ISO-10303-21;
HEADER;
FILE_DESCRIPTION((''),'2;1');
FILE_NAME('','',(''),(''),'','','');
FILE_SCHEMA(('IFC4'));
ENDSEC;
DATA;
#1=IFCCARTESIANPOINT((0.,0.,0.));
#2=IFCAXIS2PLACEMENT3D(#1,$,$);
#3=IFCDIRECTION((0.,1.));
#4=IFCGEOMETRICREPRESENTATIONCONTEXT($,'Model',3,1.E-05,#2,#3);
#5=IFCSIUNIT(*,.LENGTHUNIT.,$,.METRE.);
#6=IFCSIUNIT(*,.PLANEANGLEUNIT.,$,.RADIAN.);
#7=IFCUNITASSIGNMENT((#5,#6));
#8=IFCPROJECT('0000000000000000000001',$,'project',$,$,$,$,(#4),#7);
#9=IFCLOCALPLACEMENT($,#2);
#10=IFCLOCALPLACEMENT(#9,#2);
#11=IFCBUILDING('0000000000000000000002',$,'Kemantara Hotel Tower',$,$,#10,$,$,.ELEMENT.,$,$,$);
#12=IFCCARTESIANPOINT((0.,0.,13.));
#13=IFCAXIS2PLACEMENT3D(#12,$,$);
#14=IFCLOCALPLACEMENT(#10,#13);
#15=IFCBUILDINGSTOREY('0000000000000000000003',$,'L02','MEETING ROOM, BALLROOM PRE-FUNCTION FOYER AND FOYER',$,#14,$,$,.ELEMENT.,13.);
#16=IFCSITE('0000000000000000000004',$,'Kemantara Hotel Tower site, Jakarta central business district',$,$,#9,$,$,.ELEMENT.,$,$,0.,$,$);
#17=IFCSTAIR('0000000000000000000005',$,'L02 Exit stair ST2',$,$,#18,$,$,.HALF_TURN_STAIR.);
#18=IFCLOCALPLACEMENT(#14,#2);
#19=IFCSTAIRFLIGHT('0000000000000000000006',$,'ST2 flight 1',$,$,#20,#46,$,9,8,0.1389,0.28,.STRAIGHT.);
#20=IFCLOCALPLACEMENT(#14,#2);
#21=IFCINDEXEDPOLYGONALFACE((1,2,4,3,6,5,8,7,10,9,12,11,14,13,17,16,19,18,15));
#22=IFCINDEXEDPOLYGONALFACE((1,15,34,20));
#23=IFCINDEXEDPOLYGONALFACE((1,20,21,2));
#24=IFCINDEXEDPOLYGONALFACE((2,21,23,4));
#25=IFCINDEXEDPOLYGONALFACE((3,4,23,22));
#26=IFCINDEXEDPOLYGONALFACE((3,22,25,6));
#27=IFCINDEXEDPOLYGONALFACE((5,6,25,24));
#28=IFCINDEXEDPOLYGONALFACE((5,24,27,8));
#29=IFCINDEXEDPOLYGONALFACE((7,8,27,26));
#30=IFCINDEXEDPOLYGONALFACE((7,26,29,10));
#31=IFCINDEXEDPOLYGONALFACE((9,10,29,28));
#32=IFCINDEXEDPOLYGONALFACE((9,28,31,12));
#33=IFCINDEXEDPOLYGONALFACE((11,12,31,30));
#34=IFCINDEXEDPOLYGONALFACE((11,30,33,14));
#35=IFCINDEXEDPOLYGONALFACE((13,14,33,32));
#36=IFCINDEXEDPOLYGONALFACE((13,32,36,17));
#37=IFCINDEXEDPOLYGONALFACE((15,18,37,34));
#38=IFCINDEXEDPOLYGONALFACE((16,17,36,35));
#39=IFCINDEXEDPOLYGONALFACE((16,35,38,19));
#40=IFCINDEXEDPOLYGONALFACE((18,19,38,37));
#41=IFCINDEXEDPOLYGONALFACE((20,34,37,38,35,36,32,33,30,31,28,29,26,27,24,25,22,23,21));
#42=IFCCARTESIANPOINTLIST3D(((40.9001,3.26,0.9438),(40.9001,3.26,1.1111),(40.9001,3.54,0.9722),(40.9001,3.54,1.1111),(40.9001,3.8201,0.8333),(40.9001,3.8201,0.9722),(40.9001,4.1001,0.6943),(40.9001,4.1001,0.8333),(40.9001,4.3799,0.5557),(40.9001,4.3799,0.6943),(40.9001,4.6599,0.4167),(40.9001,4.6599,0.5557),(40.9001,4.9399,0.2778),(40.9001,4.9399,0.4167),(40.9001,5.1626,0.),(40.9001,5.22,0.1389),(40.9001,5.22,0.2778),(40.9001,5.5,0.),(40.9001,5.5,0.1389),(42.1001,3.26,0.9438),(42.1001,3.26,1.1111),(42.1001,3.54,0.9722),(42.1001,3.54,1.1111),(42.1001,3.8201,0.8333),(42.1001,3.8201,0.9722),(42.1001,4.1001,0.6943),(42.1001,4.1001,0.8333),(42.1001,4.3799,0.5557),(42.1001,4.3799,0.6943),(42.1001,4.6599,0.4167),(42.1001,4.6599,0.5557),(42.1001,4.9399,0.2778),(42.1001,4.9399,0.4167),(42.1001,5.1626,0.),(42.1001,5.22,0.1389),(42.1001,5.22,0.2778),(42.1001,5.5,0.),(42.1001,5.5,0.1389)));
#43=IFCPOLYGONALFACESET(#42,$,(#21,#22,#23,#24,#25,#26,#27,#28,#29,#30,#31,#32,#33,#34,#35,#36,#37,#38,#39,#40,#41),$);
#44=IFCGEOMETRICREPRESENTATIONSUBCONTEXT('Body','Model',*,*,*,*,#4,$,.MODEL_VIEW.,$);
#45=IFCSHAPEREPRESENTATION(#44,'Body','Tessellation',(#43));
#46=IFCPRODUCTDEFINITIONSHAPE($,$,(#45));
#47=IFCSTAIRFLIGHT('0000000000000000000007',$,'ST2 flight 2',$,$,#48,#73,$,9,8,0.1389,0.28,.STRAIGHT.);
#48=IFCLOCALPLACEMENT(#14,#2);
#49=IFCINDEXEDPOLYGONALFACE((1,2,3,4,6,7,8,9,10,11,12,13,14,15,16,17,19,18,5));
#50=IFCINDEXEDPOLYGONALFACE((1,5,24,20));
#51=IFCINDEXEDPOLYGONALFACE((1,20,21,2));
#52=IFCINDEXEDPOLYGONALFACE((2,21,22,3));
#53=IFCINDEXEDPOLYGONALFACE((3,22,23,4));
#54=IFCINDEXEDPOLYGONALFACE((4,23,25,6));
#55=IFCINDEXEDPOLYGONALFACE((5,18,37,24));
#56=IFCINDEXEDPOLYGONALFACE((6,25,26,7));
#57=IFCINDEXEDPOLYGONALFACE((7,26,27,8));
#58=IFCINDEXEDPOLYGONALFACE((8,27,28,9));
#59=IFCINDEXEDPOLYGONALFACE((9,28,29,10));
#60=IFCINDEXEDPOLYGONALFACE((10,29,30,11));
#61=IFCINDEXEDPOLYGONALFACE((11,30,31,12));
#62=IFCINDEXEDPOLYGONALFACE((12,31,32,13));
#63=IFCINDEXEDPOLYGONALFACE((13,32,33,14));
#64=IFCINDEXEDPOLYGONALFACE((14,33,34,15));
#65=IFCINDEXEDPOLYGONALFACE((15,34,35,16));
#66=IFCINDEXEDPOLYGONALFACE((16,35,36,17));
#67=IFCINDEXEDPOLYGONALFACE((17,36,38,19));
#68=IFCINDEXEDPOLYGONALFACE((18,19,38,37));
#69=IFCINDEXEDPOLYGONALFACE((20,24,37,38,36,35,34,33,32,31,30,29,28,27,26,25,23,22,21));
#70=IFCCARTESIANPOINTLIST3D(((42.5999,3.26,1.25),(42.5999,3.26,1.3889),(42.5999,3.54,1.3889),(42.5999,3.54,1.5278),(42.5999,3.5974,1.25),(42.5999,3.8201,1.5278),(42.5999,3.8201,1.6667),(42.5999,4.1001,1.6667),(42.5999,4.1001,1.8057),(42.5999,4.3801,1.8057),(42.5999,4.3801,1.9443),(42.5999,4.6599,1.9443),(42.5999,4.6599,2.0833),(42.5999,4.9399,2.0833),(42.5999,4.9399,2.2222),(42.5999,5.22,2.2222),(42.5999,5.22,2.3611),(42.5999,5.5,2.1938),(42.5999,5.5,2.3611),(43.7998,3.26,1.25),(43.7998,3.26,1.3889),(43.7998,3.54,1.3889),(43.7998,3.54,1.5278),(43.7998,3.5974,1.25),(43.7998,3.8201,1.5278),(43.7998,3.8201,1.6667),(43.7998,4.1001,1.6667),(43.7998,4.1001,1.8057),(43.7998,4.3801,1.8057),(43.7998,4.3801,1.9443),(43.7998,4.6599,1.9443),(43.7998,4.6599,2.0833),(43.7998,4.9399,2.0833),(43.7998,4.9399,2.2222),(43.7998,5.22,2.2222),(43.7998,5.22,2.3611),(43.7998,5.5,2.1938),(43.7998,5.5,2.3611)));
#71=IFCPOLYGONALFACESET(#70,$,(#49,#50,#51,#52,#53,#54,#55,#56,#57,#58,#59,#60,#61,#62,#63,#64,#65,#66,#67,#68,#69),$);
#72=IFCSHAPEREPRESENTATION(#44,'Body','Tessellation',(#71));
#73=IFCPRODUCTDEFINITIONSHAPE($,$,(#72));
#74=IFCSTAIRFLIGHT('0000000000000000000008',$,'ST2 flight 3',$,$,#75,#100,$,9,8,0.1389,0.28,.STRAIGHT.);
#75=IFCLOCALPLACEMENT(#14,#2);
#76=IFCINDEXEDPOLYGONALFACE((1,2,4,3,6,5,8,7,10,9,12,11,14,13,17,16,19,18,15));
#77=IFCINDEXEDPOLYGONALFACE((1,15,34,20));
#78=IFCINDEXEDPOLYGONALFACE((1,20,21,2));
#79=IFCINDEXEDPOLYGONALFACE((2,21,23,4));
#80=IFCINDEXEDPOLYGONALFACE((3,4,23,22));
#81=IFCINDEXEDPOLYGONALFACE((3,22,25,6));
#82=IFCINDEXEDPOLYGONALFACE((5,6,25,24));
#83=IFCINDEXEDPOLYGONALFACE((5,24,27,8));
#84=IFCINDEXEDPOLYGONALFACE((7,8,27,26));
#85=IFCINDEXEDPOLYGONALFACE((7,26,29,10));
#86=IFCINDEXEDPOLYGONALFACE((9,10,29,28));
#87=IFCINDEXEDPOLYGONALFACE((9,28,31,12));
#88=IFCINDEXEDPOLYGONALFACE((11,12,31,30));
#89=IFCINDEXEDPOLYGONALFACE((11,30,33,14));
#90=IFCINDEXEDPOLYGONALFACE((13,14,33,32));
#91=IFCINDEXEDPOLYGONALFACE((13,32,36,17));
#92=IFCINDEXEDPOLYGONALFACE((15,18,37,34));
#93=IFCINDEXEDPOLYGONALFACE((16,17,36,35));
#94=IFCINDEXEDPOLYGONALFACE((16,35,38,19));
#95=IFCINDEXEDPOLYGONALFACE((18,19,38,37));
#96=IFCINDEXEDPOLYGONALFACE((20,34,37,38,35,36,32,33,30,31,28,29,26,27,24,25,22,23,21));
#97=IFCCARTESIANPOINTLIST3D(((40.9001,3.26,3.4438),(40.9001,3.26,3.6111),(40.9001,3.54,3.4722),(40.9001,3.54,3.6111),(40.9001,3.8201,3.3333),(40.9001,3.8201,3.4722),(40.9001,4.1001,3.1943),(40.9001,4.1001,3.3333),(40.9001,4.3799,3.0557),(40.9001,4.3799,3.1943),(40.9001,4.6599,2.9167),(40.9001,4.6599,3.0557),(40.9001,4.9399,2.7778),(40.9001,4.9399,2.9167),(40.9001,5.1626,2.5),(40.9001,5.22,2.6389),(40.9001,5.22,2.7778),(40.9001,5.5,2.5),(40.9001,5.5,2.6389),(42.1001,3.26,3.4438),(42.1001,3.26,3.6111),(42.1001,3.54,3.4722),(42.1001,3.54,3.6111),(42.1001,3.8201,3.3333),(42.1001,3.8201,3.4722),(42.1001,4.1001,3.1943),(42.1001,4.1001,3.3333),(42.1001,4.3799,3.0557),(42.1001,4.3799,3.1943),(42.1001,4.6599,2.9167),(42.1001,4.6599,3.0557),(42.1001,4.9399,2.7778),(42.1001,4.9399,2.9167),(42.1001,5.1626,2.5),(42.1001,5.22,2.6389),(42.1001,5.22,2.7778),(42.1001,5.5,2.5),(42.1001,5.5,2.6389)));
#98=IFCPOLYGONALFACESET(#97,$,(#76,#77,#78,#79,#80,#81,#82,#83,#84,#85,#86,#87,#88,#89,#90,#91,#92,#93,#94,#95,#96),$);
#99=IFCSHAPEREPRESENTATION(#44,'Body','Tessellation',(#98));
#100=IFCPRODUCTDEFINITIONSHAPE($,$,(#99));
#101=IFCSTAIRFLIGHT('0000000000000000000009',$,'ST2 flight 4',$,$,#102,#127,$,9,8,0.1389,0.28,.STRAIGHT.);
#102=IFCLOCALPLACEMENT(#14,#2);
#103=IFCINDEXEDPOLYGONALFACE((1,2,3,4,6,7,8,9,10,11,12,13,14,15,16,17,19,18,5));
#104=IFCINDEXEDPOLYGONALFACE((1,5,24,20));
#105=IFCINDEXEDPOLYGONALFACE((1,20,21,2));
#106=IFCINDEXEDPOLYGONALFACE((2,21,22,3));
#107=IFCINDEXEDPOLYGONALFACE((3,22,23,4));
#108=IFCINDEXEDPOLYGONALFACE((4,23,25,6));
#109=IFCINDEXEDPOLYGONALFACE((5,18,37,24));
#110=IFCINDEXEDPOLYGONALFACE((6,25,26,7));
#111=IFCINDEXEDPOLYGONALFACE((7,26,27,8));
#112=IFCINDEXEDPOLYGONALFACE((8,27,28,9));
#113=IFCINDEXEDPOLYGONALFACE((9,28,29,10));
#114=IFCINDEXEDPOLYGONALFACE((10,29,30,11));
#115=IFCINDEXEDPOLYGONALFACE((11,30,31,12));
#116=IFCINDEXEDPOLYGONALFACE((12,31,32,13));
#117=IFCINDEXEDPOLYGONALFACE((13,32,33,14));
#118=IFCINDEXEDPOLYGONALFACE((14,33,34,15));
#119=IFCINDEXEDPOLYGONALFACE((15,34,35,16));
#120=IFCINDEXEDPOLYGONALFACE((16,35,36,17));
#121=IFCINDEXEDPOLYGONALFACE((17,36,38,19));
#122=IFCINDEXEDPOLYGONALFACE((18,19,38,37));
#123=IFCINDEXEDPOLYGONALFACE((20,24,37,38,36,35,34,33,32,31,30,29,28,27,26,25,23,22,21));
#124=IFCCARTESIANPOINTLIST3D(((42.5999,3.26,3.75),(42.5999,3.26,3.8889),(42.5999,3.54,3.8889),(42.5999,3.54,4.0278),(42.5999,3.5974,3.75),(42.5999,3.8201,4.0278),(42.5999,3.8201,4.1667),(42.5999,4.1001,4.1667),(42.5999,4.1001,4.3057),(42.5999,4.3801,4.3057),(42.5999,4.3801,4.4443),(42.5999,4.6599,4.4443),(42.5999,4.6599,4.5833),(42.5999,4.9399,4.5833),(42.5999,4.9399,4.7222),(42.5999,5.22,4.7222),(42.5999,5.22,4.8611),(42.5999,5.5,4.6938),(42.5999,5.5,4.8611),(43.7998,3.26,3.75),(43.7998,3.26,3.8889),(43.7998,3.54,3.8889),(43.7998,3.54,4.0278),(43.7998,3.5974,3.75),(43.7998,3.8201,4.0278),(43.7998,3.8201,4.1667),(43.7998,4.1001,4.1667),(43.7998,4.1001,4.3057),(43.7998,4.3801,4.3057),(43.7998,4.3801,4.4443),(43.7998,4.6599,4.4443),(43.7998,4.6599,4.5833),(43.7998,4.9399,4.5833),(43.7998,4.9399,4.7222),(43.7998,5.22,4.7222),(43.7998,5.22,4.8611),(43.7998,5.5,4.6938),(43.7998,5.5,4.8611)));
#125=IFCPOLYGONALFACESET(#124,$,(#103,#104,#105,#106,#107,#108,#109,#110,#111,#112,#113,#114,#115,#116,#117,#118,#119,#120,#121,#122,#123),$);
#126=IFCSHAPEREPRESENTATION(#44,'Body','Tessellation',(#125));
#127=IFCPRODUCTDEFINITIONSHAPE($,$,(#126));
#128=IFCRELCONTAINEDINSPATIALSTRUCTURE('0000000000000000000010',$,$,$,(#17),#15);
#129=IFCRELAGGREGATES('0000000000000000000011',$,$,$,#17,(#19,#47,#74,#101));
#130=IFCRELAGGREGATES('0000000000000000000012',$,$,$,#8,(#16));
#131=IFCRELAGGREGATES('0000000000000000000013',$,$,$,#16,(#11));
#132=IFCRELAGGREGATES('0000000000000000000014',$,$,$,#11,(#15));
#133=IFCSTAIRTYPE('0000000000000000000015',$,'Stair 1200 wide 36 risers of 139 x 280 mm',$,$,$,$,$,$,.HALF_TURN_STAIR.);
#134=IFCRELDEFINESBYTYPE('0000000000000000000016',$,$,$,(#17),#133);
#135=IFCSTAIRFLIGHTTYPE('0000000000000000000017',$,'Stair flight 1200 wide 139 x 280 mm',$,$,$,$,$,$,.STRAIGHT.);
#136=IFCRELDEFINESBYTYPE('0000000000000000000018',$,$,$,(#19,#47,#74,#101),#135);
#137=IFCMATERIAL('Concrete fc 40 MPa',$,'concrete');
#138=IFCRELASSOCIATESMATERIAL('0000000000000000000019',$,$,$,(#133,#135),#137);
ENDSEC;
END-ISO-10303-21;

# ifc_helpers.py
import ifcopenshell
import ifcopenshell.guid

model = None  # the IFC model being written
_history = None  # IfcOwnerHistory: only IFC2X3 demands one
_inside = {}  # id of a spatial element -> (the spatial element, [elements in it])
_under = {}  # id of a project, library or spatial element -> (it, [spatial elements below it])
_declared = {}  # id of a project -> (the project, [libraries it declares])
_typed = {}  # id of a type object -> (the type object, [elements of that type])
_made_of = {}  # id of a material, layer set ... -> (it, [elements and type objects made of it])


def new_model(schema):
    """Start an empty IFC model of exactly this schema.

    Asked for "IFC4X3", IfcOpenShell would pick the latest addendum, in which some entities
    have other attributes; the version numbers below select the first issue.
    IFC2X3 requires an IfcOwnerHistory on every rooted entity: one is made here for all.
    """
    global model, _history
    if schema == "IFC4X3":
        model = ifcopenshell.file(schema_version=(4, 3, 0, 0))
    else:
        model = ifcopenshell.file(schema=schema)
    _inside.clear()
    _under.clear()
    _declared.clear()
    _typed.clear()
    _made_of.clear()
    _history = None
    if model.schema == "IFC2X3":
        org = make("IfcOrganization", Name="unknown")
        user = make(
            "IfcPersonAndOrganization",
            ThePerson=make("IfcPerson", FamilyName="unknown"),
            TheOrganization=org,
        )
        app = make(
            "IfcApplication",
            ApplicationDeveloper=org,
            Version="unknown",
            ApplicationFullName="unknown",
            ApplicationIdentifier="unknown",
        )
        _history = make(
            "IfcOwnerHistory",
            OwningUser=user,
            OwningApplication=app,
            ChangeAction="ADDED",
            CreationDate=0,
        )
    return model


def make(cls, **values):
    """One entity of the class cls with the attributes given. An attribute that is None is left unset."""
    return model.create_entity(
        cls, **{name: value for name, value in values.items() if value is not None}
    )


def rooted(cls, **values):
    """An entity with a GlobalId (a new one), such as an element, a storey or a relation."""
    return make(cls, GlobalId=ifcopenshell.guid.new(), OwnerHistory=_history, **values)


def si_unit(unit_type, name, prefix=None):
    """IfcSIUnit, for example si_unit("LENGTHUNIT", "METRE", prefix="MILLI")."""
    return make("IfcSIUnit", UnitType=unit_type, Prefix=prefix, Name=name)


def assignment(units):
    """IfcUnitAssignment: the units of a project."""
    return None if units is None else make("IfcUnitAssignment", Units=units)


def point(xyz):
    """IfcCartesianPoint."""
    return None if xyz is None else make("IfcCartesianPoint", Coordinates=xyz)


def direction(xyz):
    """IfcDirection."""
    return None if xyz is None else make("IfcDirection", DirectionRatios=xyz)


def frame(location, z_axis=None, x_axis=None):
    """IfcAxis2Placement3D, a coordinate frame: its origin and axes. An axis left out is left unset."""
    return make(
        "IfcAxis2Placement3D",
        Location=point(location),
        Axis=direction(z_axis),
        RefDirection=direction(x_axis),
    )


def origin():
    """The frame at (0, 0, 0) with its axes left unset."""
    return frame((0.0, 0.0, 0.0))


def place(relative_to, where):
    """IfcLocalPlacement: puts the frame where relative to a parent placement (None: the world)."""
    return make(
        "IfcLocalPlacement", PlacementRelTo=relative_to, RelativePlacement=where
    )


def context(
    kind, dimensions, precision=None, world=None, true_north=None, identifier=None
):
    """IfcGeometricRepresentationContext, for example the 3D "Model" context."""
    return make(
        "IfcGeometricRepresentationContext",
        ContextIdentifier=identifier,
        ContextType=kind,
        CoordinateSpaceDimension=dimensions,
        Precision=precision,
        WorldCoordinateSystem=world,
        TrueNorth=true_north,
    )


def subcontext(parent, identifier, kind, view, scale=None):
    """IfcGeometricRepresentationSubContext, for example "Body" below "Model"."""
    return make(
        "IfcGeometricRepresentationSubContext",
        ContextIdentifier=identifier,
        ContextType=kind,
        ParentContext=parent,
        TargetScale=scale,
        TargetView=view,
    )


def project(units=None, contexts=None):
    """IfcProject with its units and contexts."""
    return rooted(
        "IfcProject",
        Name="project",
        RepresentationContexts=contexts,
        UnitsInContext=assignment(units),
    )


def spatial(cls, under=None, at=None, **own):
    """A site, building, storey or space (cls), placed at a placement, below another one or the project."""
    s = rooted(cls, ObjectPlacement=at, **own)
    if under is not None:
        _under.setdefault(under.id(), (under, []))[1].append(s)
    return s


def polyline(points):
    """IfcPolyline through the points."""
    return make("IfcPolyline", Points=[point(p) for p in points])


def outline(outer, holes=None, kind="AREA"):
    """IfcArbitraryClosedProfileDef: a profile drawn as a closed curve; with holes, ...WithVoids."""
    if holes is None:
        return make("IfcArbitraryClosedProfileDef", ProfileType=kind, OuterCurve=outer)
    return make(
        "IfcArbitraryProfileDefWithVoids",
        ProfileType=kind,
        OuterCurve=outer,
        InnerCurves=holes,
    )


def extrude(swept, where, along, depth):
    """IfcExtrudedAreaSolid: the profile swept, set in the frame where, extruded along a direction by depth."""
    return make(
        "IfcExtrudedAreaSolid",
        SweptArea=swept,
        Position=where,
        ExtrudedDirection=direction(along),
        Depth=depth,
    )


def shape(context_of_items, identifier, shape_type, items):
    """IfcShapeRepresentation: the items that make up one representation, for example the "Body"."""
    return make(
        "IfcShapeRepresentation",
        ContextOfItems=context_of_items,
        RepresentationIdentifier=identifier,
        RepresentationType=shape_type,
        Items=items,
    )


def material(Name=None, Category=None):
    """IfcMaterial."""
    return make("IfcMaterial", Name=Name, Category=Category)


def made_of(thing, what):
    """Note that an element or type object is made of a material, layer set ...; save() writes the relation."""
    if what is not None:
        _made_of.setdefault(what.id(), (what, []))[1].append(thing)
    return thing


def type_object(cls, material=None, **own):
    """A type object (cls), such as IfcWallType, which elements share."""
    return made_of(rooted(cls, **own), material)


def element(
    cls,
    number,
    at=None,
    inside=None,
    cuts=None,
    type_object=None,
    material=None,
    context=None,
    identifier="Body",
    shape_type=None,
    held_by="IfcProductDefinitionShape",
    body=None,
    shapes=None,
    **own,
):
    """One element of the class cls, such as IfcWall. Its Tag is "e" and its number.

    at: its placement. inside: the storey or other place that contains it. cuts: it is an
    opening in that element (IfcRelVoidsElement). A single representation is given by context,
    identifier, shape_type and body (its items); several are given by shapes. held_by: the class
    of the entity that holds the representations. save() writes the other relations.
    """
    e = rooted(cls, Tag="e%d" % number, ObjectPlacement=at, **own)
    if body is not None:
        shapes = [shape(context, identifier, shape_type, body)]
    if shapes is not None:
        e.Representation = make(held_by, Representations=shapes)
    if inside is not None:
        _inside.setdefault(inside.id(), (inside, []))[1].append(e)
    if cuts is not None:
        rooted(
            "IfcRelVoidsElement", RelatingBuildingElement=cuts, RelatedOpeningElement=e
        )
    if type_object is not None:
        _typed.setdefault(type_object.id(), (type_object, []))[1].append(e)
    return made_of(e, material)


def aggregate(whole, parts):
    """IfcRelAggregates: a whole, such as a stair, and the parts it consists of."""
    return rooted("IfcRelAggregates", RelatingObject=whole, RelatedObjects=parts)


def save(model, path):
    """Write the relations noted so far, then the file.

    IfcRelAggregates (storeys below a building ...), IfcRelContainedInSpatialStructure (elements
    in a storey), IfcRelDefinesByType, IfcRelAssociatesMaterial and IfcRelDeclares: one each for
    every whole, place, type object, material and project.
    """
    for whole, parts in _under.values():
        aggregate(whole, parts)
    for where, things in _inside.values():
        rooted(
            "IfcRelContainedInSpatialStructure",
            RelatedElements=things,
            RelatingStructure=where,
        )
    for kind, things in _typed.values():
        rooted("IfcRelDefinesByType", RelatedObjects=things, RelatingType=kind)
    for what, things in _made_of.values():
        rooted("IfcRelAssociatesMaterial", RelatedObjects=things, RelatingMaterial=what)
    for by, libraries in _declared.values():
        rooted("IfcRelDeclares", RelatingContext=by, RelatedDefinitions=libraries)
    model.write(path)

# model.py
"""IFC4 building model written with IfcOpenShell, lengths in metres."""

from ifc_helpers import new_model, si_unit, direction, frame, origin, place, context, subcontext, project, spatial, polyline, outline, extrude, material, type_object, element, aggregate, save


model = new_model("IFC4")

# Units and contexts
model_context = context("Model", 3, precision=1e-05, world=origin(), true_north=direction((0.0, 1.0)))
body_context = subcontext(model_context, "Body", "Model", "MODEL_VIEW")
ifc_project = project(units=[si_unit("LENGTHUNIT", "METRE"), si_unit("PLANEANGLEUNIT", "RADIAN")], contexts=[model_context])

# Site, building, storey
site_placement = place(None, origin())
site = spatial("IfcSite", under=ifc_project, at=site_placement, Name="Kemantara Hotel Tower site, Jakarta central business district", CompositionType="ELEMENT", RefElevation=0.0)
building_placement = place(site_placement, origin())
building = spatial("IfcBuilding", under=site, at=building_placement, Name="Kemantara Hotel Tower", CompositionType="ELEMENT")
storey_placement = place(building_placement, frame((0.0, 0.0, 13.0)))
storey = spatial("IfcBuildingStorey", under=building, at=storey_placement, Name="L02", Description="MEETING ROOM, BALLROOM PRE-FUNCTION FOYER AND FOYER", CompositionType="ELEMENT", Elevation=13.0)

# Shared definitions
ifc_material_1 = material(Name="Concrete fc 40 MPa", Category="concrete")

# Stair, stair flights
stair_type = type_object("IfcStairType", Name="Stair 1200 wide 36 risers of 139 x 280 mm", PredefinedType="HALF_TURN_STAIR", material=ifc_material_1)
stair_placement = place(storey_placement, origin())
stair = element("IfcStair", 1, at=stair_placement, inside=storey, type_object=stair_type, Name="L02 Exit stair ST2", PredefinedType="HALF_TURN_STAIR")
stair_flight_type = type_object("IfcStairFlightType", Name="Stair flight 1200 wide 139 x 280 mm", PredefinedType="STRAIGHT", material=ifc_material_1)
stair_flight_1_placement = place(storey_placement, frame((41.5, 5.5, 0.0), z_axis=(0.0, 0.0, 1.0), x_axis=(0.0, -1.0, 0.0)))
stair_flight_1 = element("IfcStairFlight", 2, at=stair_flight_1_placement, type_object=stair_flight_type, Name="ST2 flight 1", NumberOfRisers=9, NumberOfTreads=8, PredefinedType="STRAIGHT", RiserHeight=0.1389, TreadLength=0.28, context=body_context, shape_type="SweptSolid", body=[
    extrude(outline(polyline([(0.0, 0.0), (0.0, 0.1389), (0.28, 0.1389), (0.28, 0.2778), (0.5601, 0.2778), (0.5601, 0.4167), (0.8401, 0.4167), (0.8401, 0.5557), (1.1201, 0.5557), (1.1201, 0.6943), (1.3999, 0.6943), (1.3999, 0.8333), (1.6799, 0.8333), (1.6799, 0.9722), (1.96, 0.9722), (1.96, 1.1111), (2.24, 1.1111), (2.24, 1.25), (2.24, 0.9438), (0.3374, 0.0), (0.0, 0.0)])), frame((0.0, 0.6001, 0.0), z_axis=(0.0, -1.0, 0.0), x_axis=(1.0, 0.0, 0.0)), (0.0, 0.0, 1.0), 1.2),
])
stair_flight_2_placement = place(storey_placement, frame((43.2, 3.26, 1.25), z_axis=(0.0, 0.0, 1.0), x_axis=(0.0, 1.0, 0.0)))
stair_flight_2 = element("IfcStairFlight", 3, at=stair_flight_2_placement, type_object=stair_flight_type, Name="ST2 flight 2", NumberOfRisers=9, NumberOfTreads=8, PredefinedType="STRAIGHT", RiserHeight=0.1389, TreadLength=0.28, context=body_context, shape_type="SweptSolid", body=[
    extrude(outline(polyline([(0.0, 0.0), (0.0, 0.1389), (0.28, 0.1389), (0.28, 0.2778), (0.5601, 0.2778), (0.5601, 0.4167), (0.8401, 0.4167), (0.8401, 0.5557), (1.1201, 0.5557), (1.1201, 0.6943), (1.3999, 0.6943), (1.3999, 0.8333), (1.6799, 0.8333), (1.6799, 0.9722), (1.96, 0.9722), (1.96, 1.1111), (2.24, 1.1111), (2.24, 1.25), (2.24, 0.9438), (0.3374, 0.0), (0.0, 0.0)])), frame((0.0, 0.6001, 0.0), z_axis=(0.0, -1.0, 0.0), x_axis=(1.0, 0.0, 0.0)), (0.0, 0.0, 1.0), 1.2),
])
stair_flight_3_placement = place(storey_placement, frame((41.5, 5.5, 2.5), z_axis=(0.0, 0.0, 1.0), x_axis=(0.0, -1.0, 0.0)))
stair_flight_3 = element("IfcStairFlight", 4, at=stair_flight_3_placement, type_object=stair_flight_type, Name="ST2 flight 3", NumberOfRisers=9, NumberOfTreads=8, PredefinedType="STRAIGHT", RiserHeight=0.1389, TreadLength=0.28, context=body_context, shape_type="SweptSolid", body=[
    extrude(outline(polyline([(0.0, 0.0), (0.0, 0.1389), (0.28, 0.1389), (0.28, 0.2778), (0.5601, 0.2778), (0.5601, 0.4167), (0.8401, 0.4167), (0.8401, 0.5557), (1.1201, 0.5557), (1.1201, 0.6943), (1.3999, 0.6943), (1.3999, 0.8333), (1.6799, 0.8333), (1.6799, 0.9722), (1.96, 0.9722), (1.96, 1.1111), (2.24, 1.1111), (2.24, 1.25), (2.24, 0.9438), (0.3374, 0.0), (0.0, 0.0)])), frame((0.0, 0.6001, 0.0), z_axis=(0.0, -1.0, 0.0), x_axis=(1.0, 0.0, 0.0)), (0.0, 0.0, 1.0), 1.2),
])
stair_flight_4_placement = place(storey_placement, frame((43.2, 3.26, 3.75), z_axis=(0.0, 0.0, 1.0), x_axis=(0.0, 1.0, 0.0)))
stair_flight_4 = element("IfcStairFlight", 5, at=stair_flight_4_placement, type_object=stair_flight_type, Name="ST2 flight 4", NumberOfRisers=9, NumberOfTreads=8, PredefinedType="STRAIGHT", RiserHeight=0.1389, TreadLength=0.28, context=body_context, shape_type="SweptSolid", body=[
    extrude(outline(polyline([(0.0, 0.0), (0.0, 0.1389), (0.28, 0.1389), (0.28, 0.2778), (0.5601, 0.2778), (0.5601, 0.4167), (0.8401, 0.4167), (0.8401, 0.5557), (1.1201, 0.5557), (1.1201, 0.6943), (1.3999, 0.6943), (1.3999, 0.8333), (1.6799, 0.8333), (1.6799, 0.9722), (1.96, 0.9722), (1.96, 1.1111), (2.24, 1.1111), (2.24, 1.25), (2.24, 0.9438), (0.3374, 0.0), (0.0, 0.0)])), frame((0.0, 0.6001, 0.0), z_axis=(0.0, -1.0, 0.0), x_axis=(1.0, 0.0, 0.0)), (0.0, 0.0, 1.0), 1.2),
])
aggregate(stair, [stair_flight_1, stair_flight_2, stair_flight_3, stair_flight_4])

save(model, "model.ifc")
